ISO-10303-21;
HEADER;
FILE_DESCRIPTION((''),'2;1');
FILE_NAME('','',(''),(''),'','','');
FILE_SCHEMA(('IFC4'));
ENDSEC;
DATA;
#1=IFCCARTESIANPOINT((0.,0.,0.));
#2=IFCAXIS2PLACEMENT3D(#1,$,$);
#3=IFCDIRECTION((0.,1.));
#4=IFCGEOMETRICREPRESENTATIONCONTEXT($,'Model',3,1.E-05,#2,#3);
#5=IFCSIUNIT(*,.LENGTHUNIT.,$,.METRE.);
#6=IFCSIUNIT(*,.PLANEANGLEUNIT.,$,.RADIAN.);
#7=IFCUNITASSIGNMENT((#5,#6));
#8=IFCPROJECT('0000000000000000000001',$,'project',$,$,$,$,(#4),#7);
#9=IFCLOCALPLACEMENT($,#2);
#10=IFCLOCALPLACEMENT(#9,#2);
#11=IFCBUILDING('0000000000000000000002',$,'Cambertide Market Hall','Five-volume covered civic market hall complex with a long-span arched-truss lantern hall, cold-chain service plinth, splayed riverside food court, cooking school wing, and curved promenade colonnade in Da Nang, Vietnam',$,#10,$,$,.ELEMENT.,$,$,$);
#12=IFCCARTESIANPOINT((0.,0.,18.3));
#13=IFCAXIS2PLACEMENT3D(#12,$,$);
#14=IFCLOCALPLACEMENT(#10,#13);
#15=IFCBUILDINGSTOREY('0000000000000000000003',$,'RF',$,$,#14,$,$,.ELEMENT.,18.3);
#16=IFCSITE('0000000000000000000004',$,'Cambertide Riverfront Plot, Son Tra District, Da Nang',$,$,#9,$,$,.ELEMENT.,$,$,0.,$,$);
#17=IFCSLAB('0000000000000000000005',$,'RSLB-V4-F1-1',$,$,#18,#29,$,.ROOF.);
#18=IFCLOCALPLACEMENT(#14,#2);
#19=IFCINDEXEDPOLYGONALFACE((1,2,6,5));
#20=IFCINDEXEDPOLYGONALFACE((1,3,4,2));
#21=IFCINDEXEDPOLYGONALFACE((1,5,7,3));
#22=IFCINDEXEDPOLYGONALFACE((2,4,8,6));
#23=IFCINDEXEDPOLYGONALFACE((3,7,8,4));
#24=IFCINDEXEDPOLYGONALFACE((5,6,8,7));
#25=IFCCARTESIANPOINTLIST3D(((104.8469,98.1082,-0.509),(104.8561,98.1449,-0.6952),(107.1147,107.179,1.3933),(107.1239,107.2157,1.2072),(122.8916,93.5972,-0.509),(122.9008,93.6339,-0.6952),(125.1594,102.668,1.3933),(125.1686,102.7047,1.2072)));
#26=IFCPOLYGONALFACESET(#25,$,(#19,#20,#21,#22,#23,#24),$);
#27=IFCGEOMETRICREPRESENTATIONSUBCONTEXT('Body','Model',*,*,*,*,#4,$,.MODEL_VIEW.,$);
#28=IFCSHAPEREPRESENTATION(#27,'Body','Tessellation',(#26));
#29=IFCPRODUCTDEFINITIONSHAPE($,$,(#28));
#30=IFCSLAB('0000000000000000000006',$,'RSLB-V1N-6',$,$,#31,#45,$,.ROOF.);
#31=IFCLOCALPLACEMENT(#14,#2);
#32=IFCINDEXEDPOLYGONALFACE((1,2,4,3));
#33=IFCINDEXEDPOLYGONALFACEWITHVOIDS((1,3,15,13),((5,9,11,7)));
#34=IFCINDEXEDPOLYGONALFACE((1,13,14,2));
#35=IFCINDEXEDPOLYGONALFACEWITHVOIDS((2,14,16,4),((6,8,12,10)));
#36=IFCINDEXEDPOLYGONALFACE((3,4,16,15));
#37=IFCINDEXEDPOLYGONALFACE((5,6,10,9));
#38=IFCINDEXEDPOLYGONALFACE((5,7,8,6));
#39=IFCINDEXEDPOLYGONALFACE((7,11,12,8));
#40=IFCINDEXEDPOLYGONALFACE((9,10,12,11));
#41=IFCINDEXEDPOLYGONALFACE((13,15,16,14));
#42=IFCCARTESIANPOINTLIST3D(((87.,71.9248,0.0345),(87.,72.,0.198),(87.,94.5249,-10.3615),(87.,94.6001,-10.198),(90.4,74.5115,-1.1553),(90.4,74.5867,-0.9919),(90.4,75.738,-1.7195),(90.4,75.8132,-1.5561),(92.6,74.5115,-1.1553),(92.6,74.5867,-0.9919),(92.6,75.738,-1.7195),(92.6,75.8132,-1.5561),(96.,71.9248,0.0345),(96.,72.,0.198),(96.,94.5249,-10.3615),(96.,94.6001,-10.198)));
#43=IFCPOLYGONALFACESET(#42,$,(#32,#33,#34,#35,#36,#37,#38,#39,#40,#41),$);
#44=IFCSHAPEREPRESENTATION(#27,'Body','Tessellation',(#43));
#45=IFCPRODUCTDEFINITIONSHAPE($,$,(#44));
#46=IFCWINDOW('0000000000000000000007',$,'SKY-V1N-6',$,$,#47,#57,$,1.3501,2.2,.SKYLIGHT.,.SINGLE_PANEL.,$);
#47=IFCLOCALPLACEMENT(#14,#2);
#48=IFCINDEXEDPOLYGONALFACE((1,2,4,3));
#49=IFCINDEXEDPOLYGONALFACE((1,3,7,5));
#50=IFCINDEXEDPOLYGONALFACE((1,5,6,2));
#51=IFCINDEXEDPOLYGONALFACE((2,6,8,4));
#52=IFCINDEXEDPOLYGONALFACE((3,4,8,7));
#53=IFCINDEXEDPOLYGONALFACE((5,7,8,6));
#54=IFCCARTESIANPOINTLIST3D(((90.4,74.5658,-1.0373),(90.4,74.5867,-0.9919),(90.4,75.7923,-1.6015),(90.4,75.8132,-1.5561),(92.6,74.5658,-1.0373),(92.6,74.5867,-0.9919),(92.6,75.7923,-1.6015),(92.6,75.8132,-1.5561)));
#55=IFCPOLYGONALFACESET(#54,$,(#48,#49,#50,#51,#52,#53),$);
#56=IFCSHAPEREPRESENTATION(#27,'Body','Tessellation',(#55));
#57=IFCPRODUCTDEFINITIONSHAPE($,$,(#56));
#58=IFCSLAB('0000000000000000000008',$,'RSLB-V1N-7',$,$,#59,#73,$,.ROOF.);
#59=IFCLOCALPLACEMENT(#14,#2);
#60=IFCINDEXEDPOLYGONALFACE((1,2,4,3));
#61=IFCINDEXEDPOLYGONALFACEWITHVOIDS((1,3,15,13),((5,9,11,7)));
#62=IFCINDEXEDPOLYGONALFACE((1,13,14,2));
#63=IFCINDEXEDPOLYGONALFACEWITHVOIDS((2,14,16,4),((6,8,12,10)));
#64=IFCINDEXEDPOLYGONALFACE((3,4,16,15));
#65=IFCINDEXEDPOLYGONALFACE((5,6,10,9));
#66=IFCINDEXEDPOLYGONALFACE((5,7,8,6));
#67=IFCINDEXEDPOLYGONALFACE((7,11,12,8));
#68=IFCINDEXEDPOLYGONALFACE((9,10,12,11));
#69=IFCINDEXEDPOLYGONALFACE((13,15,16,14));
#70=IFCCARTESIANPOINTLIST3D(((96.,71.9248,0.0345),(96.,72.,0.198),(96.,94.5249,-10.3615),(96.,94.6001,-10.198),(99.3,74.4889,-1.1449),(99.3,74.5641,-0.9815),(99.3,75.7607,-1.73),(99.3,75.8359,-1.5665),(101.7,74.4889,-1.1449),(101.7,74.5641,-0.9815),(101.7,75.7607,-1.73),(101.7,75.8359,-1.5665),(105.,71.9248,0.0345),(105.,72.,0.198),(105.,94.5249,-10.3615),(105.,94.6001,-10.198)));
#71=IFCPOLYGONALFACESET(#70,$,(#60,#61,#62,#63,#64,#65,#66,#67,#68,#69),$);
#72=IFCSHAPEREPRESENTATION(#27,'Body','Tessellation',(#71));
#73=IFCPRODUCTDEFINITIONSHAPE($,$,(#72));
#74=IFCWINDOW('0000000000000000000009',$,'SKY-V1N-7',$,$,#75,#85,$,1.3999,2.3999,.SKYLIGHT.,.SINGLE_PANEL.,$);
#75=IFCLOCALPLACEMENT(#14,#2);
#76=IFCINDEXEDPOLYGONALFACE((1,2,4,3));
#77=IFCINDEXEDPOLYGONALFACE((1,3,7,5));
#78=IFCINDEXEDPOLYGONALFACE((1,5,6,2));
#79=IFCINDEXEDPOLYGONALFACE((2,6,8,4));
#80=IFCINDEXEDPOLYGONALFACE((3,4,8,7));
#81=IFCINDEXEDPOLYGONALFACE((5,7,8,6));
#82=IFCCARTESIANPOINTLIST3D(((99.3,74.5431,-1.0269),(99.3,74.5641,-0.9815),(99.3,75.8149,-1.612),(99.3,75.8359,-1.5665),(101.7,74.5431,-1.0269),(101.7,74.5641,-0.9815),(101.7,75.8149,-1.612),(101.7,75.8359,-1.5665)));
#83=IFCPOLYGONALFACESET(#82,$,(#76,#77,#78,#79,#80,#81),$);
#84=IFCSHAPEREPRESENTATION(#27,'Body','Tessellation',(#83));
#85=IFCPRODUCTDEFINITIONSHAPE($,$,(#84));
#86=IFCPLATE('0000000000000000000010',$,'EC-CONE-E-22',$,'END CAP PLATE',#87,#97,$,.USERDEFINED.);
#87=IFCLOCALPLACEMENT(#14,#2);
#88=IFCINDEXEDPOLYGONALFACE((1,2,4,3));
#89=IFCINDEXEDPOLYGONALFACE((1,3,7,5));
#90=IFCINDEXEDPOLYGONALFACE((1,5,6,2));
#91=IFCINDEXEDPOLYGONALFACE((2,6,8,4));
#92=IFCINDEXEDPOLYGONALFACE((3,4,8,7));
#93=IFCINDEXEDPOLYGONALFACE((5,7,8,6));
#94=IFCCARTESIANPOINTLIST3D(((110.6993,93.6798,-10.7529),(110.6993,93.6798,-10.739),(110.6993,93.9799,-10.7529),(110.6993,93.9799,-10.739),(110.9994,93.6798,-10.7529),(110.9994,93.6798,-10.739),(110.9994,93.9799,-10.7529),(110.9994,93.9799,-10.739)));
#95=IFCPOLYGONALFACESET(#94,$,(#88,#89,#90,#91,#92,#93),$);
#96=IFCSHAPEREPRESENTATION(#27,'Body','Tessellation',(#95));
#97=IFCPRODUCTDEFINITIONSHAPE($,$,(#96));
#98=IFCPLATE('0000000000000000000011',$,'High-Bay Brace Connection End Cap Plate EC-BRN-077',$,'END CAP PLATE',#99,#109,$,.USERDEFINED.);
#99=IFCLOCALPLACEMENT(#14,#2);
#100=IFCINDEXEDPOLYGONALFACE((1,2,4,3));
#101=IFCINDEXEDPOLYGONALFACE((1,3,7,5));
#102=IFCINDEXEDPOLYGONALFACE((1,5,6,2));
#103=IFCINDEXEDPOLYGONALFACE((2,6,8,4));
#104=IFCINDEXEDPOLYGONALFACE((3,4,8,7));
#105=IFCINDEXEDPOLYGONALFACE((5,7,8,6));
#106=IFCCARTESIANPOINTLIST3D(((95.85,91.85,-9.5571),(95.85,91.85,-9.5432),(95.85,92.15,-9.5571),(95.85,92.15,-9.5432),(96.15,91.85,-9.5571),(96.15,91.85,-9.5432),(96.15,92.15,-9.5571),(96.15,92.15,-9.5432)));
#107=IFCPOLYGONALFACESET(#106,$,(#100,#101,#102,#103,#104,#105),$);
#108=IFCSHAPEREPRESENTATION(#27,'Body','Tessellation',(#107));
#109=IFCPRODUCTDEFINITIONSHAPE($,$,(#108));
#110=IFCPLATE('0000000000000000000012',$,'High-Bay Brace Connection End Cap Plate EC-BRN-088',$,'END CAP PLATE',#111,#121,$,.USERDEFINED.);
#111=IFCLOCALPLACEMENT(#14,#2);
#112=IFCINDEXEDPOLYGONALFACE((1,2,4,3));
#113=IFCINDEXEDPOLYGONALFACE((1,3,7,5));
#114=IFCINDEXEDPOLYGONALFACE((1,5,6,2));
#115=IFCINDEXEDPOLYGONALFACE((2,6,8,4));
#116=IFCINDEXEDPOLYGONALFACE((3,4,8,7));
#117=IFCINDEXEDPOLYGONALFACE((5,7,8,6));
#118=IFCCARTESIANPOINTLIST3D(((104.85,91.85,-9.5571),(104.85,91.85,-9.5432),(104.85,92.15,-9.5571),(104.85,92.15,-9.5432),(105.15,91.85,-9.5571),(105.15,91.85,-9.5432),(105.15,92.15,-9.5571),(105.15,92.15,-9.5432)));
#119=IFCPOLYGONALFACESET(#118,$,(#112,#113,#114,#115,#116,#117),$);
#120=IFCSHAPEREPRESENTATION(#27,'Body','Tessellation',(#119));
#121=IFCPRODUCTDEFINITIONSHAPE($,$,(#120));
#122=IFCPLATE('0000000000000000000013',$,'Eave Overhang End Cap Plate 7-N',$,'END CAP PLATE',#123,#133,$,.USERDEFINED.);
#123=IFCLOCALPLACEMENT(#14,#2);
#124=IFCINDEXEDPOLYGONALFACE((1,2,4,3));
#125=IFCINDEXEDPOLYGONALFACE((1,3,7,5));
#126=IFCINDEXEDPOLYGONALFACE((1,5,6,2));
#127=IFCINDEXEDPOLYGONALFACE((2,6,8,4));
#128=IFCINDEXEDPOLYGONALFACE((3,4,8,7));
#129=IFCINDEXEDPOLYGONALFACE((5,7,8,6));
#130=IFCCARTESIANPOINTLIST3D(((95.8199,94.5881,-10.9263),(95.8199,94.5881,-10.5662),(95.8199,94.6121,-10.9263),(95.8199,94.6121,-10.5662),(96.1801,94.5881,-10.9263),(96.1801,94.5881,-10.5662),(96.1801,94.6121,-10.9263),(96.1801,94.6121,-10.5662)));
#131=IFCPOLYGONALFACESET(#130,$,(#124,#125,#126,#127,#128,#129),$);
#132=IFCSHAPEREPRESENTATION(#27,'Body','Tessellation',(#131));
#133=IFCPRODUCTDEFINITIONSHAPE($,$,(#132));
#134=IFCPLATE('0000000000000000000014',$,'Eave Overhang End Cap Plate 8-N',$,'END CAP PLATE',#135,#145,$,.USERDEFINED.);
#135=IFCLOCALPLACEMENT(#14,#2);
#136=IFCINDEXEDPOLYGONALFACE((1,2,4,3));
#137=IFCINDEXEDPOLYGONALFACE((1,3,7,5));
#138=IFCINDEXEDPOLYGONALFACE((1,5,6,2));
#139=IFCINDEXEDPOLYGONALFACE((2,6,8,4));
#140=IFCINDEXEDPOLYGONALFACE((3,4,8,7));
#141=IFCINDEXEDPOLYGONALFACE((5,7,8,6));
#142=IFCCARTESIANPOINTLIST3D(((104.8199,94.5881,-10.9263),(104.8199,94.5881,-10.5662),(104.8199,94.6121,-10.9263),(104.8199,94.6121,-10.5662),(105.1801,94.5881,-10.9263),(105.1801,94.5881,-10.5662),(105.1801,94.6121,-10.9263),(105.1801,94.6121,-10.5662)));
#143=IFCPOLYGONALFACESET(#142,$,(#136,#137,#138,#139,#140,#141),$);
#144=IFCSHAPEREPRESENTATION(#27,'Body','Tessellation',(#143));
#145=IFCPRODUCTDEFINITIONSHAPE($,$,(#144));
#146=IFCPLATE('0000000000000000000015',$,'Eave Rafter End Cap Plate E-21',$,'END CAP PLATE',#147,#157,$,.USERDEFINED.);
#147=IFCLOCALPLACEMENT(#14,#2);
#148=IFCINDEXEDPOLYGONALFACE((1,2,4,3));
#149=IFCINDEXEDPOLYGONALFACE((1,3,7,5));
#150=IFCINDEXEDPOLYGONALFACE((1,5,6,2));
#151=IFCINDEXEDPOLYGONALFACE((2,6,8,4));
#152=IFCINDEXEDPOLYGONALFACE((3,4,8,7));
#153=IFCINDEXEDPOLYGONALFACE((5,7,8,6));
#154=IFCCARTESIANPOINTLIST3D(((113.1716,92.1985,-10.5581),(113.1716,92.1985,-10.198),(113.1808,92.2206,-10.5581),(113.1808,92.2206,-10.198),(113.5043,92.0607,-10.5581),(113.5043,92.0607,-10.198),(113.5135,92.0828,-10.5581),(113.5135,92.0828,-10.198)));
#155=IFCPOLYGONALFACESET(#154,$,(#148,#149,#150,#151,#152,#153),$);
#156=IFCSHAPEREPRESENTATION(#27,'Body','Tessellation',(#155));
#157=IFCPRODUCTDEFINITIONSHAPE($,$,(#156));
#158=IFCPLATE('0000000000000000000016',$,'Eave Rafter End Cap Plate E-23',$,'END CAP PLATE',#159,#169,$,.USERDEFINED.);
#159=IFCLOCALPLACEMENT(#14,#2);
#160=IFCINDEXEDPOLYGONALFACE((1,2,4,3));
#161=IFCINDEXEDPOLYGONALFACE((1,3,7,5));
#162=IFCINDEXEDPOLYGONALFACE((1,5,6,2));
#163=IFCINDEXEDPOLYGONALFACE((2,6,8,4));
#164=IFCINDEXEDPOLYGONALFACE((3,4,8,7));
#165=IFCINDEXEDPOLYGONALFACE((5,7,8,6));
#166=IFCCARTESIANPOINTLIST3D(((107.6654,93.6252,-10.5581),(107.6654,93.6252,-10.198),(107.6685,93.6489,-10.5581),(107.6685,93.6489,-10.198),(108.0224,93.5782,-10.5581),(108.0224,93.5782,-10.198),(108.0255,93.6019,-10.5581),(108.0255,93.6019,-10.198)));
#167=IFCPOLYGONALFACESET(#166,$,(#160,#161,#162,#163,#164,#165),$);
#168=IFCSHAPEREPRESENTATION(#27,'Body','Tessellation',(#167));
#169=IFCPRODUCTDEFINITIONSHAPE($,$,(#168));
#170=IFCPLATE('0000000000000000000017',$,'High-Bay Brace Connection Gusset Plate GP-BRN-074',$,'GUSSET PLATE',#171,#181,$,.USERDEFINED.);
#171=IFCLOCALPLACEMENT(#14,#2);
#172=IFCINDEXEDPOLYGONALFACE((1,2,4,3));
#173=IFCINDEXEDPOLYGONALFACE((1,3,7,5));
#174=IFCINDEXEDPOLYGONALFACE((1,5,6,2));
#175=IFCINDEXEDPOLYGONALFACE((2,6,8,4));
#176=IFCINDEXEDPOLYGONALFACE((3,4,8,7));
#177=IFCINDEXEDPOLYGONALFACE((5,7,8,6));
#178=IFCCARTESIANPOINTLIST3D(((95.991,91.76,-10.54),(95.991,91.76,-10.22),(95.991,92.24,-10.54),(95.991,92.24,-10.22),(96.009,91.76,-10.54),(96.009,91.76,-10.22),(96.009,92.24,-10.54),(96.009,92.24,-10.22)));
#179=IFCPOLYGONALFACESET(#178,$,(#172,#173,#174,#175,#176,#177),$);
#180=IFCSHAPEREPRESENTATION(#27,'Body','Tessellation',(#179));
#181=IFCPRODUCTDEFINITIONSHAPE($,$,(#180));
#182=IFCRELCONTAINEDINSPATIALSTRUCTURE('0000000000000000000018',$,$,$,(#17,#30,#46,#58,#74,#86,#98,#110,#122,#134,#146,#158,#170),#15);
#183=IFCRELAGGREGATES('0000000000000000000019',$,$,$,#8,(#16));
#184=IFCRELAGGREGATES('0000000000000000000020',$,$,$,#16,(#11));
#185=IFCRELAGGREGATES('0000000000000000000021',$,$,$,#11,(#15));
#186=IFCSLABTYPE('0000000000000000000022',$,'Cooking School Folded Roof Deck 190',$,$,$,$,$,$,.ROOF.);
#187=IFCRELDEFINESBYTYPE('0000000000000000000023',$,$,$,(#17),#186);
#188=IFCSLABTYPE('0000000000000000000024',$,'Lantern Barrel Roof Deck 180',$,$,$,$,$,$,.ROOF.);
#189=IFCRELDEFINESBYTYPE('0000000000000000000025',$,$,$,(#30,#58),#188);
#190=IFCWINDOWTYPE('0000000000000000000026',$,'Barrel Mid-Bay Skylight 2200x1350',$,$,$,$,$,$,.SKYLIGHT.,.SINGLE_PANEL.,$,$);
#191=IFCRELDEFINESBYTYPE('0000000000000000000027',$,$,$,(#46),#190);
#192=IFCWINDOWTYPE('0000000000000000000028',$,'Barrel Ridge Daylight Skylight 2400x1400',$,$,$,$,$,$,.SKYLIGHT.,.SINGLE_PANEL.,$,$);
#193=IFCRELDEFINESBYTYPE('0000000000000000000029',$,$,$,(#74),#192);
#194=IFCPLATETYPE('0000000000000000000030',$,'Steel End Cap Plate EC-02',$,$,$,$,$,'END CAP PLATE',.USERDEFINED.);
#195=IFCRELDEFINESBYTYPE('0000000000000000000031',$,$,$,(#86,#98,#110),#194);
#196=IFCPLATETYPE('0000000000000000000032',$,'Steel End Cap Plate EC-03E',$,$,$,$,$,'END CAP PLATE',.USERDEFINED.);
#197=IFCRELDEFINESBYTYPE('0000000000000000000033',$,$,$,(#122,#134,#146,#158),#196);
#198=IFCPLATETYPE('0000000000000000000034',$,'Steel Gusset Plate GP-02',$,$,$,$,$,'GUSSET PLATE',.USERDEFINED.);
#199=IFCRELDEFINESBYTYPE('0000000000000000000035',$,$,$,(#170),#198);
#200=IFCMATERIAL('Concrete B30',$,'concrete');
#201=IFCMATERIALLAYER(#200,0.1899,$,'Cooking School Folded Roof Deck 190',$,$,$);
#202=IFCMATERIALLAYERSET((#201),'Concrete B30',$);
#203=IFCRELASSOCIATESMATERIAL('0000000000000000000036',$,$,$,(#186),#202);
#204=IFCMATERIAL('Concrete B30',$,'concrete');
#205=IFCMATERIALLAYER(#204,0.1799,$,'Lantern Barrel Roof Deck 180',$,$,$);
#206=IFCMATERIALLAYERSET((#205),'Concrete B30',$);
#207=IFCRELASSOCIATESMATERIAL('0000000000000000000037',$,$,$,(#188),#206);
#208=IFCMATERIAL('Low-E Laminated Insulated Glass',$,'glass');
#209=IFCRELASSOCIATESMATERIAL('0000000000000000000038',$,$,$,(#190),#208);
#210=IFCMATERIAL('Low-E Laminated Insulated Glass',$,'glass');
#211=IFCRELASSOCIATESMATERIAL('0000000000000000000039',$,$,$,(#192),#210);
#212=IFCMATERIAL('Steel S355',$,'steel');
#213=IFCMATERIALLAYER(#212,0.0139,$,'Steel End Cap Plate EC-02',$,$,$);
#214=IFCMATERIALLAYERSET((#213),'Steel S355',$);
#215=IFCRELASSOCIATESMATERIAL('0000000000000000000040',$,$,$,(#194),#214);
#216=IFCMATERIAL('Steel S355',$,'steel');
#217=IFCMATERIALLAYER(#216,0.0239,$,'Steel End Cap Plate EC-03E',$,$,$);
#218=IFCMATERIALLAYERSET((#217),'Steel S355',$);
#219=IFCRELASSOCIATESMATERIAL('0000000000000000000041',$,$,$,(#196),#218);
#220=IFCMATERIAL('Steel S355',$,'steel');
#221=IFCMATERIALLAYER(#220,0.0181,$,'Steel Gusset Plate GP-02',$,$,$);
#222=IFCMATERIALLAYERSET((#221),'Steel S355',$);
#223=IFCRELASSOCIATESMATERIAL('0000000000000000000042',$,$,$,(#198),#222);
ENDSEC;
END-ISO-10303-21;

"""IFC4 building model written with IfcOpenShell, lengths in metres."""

from ifc_helpers import new_model, si_unit, direction, frame, origin, origin_2d, place, context, subcontext, project, spatial, polyline, rectangle, outline, extrude, material, layer, layer_set, type_object, element, fill, save


model = new_model("IFC4")

# Units and contexts
model_context = context("Model", 3, precision=1e-05, world=origin(), true_north=direction((0.0, 1.0)))
body_context = subcontext(model_context, "Body", "Model", "MODEL_VIEW")
ifc_project = project(units=[si_unit("LENGTHUNIT", "METRE"), si_unit("PLANEANGLEUNIT", "RADIAN")], contexts=[model_context])

# Site, building, storey
site_placement = place(None, origin())
site = spatial("IfcSite", under=ifc_project, at=site_placement, Name="Cambertide Riverfront Plot, Son Tra District, Da Nang", CompositionType="ELEMENT", RefElevation=0.0)
building_placement = place(site_placement, origin())
building = spatial("IfcBuilding", under=site, at=building_placement, Name="Cambertide Market Hall", Description="Five-volume covered civic market hall complex with a long-span arched-truss lantern hall, cold-chain service plinth, splayed riverside food court, cooking school wing, and curved promenade colonnade in Da Nang, Vietnam", CompositionType="ELEMENT")
storey_placement = place(building_placement, frame((0.0, 0.0, 18.3)))
storey = spatial("IfcBuildingStorey", under=building, at=storey_placement, Name="RF", CompositionType="ELEMENT", Elevation=18.3)

# Slab
ifc_material_1 = material(Name="Concrete B30", Category="concrete")
ifc_layer_1 = layer(ifc_material_1, 0.1899, Name="Cooking School Folded Roof Deck 190")
ifc_layer_set_1 = layer_set([ifc_layer_1], Name="Concrete B30")
slab_type_1 = type_object("IfcSlabType", Name="Cooking School Folded Roof Deck 190", PredefinedType="ROOF", material=ifc_layer_set_1)
slab_1_placement = place(storey_placement, frame((104.8469, 98.1082, -0.509), z_axis=(-0.048354, -0.193422, 0.979923), x_axis=(0.970145, -0.242526, 0.0)))
element("IfcSlab", 1, at=slab_1_placement, inside=storey, type_object=slab_type_1, Name="RSLB-V4-F1-1", PredefinedType="ROOF", context=body_context, shape_type="SweptSolid", body=[
    extrude(outline(polyline([(0.0, 0.0), (18.6, 0.0), (18.6002, 9.5416), (0.0002, 9.5416), (0.0, 0.0)])), origin(), (0.0, 0.0, -1.0), 0.1899),
])

# Slabs, openings, windows
ifc_material_2 = material(Name="Concrete B30", Category="concrete")
ifc_layer_2 = layer(ifc_material_2, 0.1799, Name="Lantern Barrel Roof Deck 180")
ifc_layer_set_2 = layer_set([ifc_layer_2], Name="Concrete B30")
slab_type_2 = type_object("IfcSlabType", Name="Lantern Barrel Roof Deck 180", PredefinedType="ROOF", material=ifc_layer_set_2)
slab_2_placement = place(storey_placement, frame((96.0, 94.6001, -10.198), z_axis=(0.0, 0.417904, 0.908491), x_axis=(-1.0, 0.0, 0.0)))
slab_2 = element("IfcSlab", 2, at=slab_2_placement, inside=storey, type_object=slab_type_2, Name="RSLB-V1N-6", PredefinedType="ROOF", context=body_context, shape_type="SweptSolid", body=[
    extrude(outline(polyline([(0.0, 0.0), (9.0, 0.0), (9.0, 24.8765), (0.0, 24.8765), (0.0, 0.0)])), origin(), (0.0, 0.0, -1.0), 0.1799),
])
opening_1_placement = place(slab_2_placement, frame((4.5, 21.3542, 0.01), z_axis=(0.0, 0.0, 1.0), x_axis=(1.0, 0.0, 0.0)))
opening_1 = element("IfcOpeningElement", 3, at=opening_1_placement, cuts=slab_2, PredefinedType="OPENING", context=body_context, shape_type="SweptSolid", body=[
    extrude(rectangle(XDim=2.2, YDim=1.3501, at=origin_2d()), origin(), (0.0, 0.0, -1.0), 0.2),
])
ifc_material_3 = material(Name="Low-E Laminated Insulated Glass", Category="glass")
window_type_1 = type_object("IfcWindowType", Name="Barrel Mid-Bay Skylight 2200x1350", PartitioningType="SINGLE_PANEL", PredefinedType="SKYLIGHT", material=ifc_material_3)
window_1_placement = place(slab_2_placement, frame((4.5, 21.3542, 0.0), z_axis=(0.0, 0.0, 1.0), x_axis=(1.0, 0.0, 0.0)))
window_1 = element("IfcWindow", 4, at=window_1_placement, inside=storey, type_object=window_type_1, Name="SKY-V1N-6", OverallHeight=1.3501, OverallWidth=2.2, PartitioningType="SINGLE_PANEL", PredefinedType="SKYLIGHT", context=body_context, shape_type="SweptSolid", body=[
    extrude(rectangle(XDim=2.2, YDim=1.3501, at=origin_2d()), origin(), (0.0, 0.0, -1.0), 0.05),
])
fill(opening_1, window_1)
slab_3_placement = place(storey_placement, frame((105.0, 94.6001, -10.198), z_axis=(0.0, 0.417904, 0.908491), x_axis=(-1.0, 0.0, 0.0)))
slab_3 = element("IfcSlab", 5, at=slab_3_placement, inside=storey, type_object=slab_type_2, Name="RSLB-V1N-7", PredefinedType="ROOF", context=body_context, shape_type="SweptSolid", body=[
    extrude(outline(polyline([(0.0, 0.0), (9.0, 0.0), (9.0, 24.8765), (0.0, 24.8765), (0.0, 0.0)])), origin(), (0.0, 0.0, -1.0), 0.1799),
])
opening_2_placement = place(slab_3_placement, frame((4.5, 21.3542, 0.01), z_axis=(0.0, 0.0, 1.0), x_axis=(1.0, 0.0, 0.0)))
opening_2 = element("IfcOpeningElement", 6, at=opening_2_placement, cuts=slab_3, PredefinedType="OPENING", context=body_context, shape_type="SweptSolid", body=[
    extrude(rectangle(XDim=2.3999, YDim=1.3999, at=origin_2d()), origin(), (0.0, 0.0, -1.0), 0.2),
])
ifc_material_4 = material(Name="Low-E Laminated Insulated Glass", Category="glass")
window_type_2 = type_object("IfcWindowType", Name="Barrel Ridge Daylight Skylight 2400x1400", PartitioningType="SINGLE_PANEL", PredefinedType="SKYLIGHT", material=ifc_material_4)
window_2_placement = place(slab_3_placement, frame((4.5, 21.3542, 0.0), z_axis=(0.0, 0.0, 1.0), x_axis=(1.0, 0.0, 0.0)))
window_2 = element("IfcWindow", 7, at=window_2_placement, inside=storey, type_object=window_type_2, Name="SKY-V1N-7", OverallHeight=1.3999, OverallWidth=2.3999, PartitioningType="SINGLE_PANEL", PredefinedType="SKYLIGHT", context=body_context, shape_type="SweptSolid", body=[
    extrude(rectangle(XDim=2.3999, YDim=1.3999, at=origin_2d()), origin(), (0.0, 0.0, -1.0), 0.05),
])
fill(opening_2, window_2)

# Plates
ifc_material_5 = material(Name="Steel S355", Category="steel")
ifc_layer_3 = layer(ifc_material_5, 0.0139, Name="Steel End Cap Plate EC-02")
ifc_layer_set_3 = layer_set([ifc_layer_3], Name="Steel S355")
plate_type_1 = type_object("IfcPlateType", Name="Steel End Cap Plate EC-02", ElementType="END CAP PLATE", PredefinedType="USERDEFINED", material=ifc_layer_set_3)
for number, where, z_axis, x_axis, name in (
    (8, (110.8494, 93.8298, -10.7529), (0.0, 0.0, 1.0), (1.0, 0.0, 0.0), "EC-CONE-E-22"),
    (9, (96.0, 92.0, -9.5571), (0.0, 0.0, 1.0), (1.0, 0.0, 0.0), "High-Bay Brace Connection End Cap Plate EC-BRN-077"),
    (10, (105.0, 92.0, -9.5571), (0.0, 0.0, 1.0), (1.0, 0.0, 0.0), "High-Bay Brace Connection End Cap Plate EC-BRN-088"),
):
    element("IfcPlate", number, at=place(storey_placement, frame(where, z_axis=z_axis, x_axis=x_axis)), inside=storey, type_object=plate_type_1, Name=name, ObjectType="END CAP PLATE", PredefinedType="USERDEFINED", context=body_context, shape_type="SweptSolid", body=[
        extrude(rectangle(XDim=0.3, YDim=0.3, at=origin_2d()), origin(), (0.0, 0.0, 1.0), 0.0139),
    ])
ifc_material_6 = material(Name="Steel S355", Category="steel")
ifc_layer_4 = layer(ifc_material_6, 0.0239, Name="Steel End Cap Plate EC-03E")
ifc_layer_set_4 = layer_set([ifc_layer_4], Name="Steel S355")
plate_type_2 = type_object("IfcPlateType", Name="Steel End Cap Plate EC-03E", ElementType="END CAP PLATE", PredefinedType="USERDEFINED", material=ifc_layer_set_4)
for number, where, z_axis, x_axis, name in (
    (11, (96.0, 94.6001, -10.9263), (0.0, 0.0, 1.0), (1.0, 0.0, 0.0), "Eave Overhang End Cap Plate 7-N"),
    (12, (105.0, 94.6001, -10.9263), (0.0, 0.0, 1.0), (1.0, 0.0, 0.0), "Eave Overhang End Cap Plate 8-N"),
):
    element("IfcPlate", number, at=place(storey_placement, frame(where, z_axis=z_axis, x_axis=x_axis)), inside=storey, type_object=plate_type_2, Name=name, ObjectType="END CAP PLATE", PredefinedType="USERDEFINED", context=body_context, shape_type="SweptSolid", body=[
        extrude(rectangle(XDim=0.3601, YDim=0.0239, at=origin_2d()), origin(), (0.0, 0.0, 1.0), 0.3601),
    ])
for number, where, z_axis, x_axis, name in (
    (13, (113.3425, 92.1406, -10.5581), (0.0, 0.0, 1.0), (0.382683, 0.92388, 0.0), "Eave Rafter End Cap Plate E-21"),
    (14, (107.8455, 93.6135, -10.5581), (0.0, 0.0, 1.0), (0.130526, 0.991445, 0.0), "Eave Rafter End Cap Plate E-23"),
):
    element("IfcPlate", number, at=place(storey_placement, frame(where, z_axis=z_axis, x_axis=x_axis)), inside=storey, type_object=plate_type_2, Name=name, ObjectType="END CAP PLATE", PredefinedType="USERDEFINED", context=body_context, shape_type="SweptSolid", body=[
        extrude(rectangle(XDim=0.0239, YDim=0.3601, at=origin_2d()), origin(), (0.0, 0.0, 1.0), 0.3601),
    ])
ifc_material_7 = material(Name="Steel S355", Category="steel")
ifc_layer_5 = layer(ifc_material_7, 0.0181, Name="Steel Gusset Plate GP-02")
ifc_layer_set_5 = layer_set([ifc_layer_5], Name="Steel S355")
plate_type_3 = type_object("IfcPlateType", Name="Steel Gusset Plate GP-02", ElementType="GUSSET PLATE", PredefinedType="USERDEFINED", material=ifc_layer_set_5)
for number, where, z_axis, x_axis, name in (
    (15, (96.0, 92.0, -10.54), (0.0, 0.0, 1.0), (0.0, 1.0, 0.0), "High-Bay Brace Connection Gusset Plate GP-BRN-074"),
):
    element("IfcPlate", number, at=place(storey_placement, frame(where, z_axis=z_axis, x_axis=x_axis)), inside=storey, type_object=plate_type_3, Name=name, ObjectType="GUSSET PLATE", PredefinedType="USERDEFINED", context=body_context, shape_type="SweptSolid", body=[
        extrude(rectangle(XDim=0.48, YDim=0.0181, at=origin_2d()), origin(), (0.0, 0.0, 1.0), 0.3201),
    ])

save(model, "model.ifc")
